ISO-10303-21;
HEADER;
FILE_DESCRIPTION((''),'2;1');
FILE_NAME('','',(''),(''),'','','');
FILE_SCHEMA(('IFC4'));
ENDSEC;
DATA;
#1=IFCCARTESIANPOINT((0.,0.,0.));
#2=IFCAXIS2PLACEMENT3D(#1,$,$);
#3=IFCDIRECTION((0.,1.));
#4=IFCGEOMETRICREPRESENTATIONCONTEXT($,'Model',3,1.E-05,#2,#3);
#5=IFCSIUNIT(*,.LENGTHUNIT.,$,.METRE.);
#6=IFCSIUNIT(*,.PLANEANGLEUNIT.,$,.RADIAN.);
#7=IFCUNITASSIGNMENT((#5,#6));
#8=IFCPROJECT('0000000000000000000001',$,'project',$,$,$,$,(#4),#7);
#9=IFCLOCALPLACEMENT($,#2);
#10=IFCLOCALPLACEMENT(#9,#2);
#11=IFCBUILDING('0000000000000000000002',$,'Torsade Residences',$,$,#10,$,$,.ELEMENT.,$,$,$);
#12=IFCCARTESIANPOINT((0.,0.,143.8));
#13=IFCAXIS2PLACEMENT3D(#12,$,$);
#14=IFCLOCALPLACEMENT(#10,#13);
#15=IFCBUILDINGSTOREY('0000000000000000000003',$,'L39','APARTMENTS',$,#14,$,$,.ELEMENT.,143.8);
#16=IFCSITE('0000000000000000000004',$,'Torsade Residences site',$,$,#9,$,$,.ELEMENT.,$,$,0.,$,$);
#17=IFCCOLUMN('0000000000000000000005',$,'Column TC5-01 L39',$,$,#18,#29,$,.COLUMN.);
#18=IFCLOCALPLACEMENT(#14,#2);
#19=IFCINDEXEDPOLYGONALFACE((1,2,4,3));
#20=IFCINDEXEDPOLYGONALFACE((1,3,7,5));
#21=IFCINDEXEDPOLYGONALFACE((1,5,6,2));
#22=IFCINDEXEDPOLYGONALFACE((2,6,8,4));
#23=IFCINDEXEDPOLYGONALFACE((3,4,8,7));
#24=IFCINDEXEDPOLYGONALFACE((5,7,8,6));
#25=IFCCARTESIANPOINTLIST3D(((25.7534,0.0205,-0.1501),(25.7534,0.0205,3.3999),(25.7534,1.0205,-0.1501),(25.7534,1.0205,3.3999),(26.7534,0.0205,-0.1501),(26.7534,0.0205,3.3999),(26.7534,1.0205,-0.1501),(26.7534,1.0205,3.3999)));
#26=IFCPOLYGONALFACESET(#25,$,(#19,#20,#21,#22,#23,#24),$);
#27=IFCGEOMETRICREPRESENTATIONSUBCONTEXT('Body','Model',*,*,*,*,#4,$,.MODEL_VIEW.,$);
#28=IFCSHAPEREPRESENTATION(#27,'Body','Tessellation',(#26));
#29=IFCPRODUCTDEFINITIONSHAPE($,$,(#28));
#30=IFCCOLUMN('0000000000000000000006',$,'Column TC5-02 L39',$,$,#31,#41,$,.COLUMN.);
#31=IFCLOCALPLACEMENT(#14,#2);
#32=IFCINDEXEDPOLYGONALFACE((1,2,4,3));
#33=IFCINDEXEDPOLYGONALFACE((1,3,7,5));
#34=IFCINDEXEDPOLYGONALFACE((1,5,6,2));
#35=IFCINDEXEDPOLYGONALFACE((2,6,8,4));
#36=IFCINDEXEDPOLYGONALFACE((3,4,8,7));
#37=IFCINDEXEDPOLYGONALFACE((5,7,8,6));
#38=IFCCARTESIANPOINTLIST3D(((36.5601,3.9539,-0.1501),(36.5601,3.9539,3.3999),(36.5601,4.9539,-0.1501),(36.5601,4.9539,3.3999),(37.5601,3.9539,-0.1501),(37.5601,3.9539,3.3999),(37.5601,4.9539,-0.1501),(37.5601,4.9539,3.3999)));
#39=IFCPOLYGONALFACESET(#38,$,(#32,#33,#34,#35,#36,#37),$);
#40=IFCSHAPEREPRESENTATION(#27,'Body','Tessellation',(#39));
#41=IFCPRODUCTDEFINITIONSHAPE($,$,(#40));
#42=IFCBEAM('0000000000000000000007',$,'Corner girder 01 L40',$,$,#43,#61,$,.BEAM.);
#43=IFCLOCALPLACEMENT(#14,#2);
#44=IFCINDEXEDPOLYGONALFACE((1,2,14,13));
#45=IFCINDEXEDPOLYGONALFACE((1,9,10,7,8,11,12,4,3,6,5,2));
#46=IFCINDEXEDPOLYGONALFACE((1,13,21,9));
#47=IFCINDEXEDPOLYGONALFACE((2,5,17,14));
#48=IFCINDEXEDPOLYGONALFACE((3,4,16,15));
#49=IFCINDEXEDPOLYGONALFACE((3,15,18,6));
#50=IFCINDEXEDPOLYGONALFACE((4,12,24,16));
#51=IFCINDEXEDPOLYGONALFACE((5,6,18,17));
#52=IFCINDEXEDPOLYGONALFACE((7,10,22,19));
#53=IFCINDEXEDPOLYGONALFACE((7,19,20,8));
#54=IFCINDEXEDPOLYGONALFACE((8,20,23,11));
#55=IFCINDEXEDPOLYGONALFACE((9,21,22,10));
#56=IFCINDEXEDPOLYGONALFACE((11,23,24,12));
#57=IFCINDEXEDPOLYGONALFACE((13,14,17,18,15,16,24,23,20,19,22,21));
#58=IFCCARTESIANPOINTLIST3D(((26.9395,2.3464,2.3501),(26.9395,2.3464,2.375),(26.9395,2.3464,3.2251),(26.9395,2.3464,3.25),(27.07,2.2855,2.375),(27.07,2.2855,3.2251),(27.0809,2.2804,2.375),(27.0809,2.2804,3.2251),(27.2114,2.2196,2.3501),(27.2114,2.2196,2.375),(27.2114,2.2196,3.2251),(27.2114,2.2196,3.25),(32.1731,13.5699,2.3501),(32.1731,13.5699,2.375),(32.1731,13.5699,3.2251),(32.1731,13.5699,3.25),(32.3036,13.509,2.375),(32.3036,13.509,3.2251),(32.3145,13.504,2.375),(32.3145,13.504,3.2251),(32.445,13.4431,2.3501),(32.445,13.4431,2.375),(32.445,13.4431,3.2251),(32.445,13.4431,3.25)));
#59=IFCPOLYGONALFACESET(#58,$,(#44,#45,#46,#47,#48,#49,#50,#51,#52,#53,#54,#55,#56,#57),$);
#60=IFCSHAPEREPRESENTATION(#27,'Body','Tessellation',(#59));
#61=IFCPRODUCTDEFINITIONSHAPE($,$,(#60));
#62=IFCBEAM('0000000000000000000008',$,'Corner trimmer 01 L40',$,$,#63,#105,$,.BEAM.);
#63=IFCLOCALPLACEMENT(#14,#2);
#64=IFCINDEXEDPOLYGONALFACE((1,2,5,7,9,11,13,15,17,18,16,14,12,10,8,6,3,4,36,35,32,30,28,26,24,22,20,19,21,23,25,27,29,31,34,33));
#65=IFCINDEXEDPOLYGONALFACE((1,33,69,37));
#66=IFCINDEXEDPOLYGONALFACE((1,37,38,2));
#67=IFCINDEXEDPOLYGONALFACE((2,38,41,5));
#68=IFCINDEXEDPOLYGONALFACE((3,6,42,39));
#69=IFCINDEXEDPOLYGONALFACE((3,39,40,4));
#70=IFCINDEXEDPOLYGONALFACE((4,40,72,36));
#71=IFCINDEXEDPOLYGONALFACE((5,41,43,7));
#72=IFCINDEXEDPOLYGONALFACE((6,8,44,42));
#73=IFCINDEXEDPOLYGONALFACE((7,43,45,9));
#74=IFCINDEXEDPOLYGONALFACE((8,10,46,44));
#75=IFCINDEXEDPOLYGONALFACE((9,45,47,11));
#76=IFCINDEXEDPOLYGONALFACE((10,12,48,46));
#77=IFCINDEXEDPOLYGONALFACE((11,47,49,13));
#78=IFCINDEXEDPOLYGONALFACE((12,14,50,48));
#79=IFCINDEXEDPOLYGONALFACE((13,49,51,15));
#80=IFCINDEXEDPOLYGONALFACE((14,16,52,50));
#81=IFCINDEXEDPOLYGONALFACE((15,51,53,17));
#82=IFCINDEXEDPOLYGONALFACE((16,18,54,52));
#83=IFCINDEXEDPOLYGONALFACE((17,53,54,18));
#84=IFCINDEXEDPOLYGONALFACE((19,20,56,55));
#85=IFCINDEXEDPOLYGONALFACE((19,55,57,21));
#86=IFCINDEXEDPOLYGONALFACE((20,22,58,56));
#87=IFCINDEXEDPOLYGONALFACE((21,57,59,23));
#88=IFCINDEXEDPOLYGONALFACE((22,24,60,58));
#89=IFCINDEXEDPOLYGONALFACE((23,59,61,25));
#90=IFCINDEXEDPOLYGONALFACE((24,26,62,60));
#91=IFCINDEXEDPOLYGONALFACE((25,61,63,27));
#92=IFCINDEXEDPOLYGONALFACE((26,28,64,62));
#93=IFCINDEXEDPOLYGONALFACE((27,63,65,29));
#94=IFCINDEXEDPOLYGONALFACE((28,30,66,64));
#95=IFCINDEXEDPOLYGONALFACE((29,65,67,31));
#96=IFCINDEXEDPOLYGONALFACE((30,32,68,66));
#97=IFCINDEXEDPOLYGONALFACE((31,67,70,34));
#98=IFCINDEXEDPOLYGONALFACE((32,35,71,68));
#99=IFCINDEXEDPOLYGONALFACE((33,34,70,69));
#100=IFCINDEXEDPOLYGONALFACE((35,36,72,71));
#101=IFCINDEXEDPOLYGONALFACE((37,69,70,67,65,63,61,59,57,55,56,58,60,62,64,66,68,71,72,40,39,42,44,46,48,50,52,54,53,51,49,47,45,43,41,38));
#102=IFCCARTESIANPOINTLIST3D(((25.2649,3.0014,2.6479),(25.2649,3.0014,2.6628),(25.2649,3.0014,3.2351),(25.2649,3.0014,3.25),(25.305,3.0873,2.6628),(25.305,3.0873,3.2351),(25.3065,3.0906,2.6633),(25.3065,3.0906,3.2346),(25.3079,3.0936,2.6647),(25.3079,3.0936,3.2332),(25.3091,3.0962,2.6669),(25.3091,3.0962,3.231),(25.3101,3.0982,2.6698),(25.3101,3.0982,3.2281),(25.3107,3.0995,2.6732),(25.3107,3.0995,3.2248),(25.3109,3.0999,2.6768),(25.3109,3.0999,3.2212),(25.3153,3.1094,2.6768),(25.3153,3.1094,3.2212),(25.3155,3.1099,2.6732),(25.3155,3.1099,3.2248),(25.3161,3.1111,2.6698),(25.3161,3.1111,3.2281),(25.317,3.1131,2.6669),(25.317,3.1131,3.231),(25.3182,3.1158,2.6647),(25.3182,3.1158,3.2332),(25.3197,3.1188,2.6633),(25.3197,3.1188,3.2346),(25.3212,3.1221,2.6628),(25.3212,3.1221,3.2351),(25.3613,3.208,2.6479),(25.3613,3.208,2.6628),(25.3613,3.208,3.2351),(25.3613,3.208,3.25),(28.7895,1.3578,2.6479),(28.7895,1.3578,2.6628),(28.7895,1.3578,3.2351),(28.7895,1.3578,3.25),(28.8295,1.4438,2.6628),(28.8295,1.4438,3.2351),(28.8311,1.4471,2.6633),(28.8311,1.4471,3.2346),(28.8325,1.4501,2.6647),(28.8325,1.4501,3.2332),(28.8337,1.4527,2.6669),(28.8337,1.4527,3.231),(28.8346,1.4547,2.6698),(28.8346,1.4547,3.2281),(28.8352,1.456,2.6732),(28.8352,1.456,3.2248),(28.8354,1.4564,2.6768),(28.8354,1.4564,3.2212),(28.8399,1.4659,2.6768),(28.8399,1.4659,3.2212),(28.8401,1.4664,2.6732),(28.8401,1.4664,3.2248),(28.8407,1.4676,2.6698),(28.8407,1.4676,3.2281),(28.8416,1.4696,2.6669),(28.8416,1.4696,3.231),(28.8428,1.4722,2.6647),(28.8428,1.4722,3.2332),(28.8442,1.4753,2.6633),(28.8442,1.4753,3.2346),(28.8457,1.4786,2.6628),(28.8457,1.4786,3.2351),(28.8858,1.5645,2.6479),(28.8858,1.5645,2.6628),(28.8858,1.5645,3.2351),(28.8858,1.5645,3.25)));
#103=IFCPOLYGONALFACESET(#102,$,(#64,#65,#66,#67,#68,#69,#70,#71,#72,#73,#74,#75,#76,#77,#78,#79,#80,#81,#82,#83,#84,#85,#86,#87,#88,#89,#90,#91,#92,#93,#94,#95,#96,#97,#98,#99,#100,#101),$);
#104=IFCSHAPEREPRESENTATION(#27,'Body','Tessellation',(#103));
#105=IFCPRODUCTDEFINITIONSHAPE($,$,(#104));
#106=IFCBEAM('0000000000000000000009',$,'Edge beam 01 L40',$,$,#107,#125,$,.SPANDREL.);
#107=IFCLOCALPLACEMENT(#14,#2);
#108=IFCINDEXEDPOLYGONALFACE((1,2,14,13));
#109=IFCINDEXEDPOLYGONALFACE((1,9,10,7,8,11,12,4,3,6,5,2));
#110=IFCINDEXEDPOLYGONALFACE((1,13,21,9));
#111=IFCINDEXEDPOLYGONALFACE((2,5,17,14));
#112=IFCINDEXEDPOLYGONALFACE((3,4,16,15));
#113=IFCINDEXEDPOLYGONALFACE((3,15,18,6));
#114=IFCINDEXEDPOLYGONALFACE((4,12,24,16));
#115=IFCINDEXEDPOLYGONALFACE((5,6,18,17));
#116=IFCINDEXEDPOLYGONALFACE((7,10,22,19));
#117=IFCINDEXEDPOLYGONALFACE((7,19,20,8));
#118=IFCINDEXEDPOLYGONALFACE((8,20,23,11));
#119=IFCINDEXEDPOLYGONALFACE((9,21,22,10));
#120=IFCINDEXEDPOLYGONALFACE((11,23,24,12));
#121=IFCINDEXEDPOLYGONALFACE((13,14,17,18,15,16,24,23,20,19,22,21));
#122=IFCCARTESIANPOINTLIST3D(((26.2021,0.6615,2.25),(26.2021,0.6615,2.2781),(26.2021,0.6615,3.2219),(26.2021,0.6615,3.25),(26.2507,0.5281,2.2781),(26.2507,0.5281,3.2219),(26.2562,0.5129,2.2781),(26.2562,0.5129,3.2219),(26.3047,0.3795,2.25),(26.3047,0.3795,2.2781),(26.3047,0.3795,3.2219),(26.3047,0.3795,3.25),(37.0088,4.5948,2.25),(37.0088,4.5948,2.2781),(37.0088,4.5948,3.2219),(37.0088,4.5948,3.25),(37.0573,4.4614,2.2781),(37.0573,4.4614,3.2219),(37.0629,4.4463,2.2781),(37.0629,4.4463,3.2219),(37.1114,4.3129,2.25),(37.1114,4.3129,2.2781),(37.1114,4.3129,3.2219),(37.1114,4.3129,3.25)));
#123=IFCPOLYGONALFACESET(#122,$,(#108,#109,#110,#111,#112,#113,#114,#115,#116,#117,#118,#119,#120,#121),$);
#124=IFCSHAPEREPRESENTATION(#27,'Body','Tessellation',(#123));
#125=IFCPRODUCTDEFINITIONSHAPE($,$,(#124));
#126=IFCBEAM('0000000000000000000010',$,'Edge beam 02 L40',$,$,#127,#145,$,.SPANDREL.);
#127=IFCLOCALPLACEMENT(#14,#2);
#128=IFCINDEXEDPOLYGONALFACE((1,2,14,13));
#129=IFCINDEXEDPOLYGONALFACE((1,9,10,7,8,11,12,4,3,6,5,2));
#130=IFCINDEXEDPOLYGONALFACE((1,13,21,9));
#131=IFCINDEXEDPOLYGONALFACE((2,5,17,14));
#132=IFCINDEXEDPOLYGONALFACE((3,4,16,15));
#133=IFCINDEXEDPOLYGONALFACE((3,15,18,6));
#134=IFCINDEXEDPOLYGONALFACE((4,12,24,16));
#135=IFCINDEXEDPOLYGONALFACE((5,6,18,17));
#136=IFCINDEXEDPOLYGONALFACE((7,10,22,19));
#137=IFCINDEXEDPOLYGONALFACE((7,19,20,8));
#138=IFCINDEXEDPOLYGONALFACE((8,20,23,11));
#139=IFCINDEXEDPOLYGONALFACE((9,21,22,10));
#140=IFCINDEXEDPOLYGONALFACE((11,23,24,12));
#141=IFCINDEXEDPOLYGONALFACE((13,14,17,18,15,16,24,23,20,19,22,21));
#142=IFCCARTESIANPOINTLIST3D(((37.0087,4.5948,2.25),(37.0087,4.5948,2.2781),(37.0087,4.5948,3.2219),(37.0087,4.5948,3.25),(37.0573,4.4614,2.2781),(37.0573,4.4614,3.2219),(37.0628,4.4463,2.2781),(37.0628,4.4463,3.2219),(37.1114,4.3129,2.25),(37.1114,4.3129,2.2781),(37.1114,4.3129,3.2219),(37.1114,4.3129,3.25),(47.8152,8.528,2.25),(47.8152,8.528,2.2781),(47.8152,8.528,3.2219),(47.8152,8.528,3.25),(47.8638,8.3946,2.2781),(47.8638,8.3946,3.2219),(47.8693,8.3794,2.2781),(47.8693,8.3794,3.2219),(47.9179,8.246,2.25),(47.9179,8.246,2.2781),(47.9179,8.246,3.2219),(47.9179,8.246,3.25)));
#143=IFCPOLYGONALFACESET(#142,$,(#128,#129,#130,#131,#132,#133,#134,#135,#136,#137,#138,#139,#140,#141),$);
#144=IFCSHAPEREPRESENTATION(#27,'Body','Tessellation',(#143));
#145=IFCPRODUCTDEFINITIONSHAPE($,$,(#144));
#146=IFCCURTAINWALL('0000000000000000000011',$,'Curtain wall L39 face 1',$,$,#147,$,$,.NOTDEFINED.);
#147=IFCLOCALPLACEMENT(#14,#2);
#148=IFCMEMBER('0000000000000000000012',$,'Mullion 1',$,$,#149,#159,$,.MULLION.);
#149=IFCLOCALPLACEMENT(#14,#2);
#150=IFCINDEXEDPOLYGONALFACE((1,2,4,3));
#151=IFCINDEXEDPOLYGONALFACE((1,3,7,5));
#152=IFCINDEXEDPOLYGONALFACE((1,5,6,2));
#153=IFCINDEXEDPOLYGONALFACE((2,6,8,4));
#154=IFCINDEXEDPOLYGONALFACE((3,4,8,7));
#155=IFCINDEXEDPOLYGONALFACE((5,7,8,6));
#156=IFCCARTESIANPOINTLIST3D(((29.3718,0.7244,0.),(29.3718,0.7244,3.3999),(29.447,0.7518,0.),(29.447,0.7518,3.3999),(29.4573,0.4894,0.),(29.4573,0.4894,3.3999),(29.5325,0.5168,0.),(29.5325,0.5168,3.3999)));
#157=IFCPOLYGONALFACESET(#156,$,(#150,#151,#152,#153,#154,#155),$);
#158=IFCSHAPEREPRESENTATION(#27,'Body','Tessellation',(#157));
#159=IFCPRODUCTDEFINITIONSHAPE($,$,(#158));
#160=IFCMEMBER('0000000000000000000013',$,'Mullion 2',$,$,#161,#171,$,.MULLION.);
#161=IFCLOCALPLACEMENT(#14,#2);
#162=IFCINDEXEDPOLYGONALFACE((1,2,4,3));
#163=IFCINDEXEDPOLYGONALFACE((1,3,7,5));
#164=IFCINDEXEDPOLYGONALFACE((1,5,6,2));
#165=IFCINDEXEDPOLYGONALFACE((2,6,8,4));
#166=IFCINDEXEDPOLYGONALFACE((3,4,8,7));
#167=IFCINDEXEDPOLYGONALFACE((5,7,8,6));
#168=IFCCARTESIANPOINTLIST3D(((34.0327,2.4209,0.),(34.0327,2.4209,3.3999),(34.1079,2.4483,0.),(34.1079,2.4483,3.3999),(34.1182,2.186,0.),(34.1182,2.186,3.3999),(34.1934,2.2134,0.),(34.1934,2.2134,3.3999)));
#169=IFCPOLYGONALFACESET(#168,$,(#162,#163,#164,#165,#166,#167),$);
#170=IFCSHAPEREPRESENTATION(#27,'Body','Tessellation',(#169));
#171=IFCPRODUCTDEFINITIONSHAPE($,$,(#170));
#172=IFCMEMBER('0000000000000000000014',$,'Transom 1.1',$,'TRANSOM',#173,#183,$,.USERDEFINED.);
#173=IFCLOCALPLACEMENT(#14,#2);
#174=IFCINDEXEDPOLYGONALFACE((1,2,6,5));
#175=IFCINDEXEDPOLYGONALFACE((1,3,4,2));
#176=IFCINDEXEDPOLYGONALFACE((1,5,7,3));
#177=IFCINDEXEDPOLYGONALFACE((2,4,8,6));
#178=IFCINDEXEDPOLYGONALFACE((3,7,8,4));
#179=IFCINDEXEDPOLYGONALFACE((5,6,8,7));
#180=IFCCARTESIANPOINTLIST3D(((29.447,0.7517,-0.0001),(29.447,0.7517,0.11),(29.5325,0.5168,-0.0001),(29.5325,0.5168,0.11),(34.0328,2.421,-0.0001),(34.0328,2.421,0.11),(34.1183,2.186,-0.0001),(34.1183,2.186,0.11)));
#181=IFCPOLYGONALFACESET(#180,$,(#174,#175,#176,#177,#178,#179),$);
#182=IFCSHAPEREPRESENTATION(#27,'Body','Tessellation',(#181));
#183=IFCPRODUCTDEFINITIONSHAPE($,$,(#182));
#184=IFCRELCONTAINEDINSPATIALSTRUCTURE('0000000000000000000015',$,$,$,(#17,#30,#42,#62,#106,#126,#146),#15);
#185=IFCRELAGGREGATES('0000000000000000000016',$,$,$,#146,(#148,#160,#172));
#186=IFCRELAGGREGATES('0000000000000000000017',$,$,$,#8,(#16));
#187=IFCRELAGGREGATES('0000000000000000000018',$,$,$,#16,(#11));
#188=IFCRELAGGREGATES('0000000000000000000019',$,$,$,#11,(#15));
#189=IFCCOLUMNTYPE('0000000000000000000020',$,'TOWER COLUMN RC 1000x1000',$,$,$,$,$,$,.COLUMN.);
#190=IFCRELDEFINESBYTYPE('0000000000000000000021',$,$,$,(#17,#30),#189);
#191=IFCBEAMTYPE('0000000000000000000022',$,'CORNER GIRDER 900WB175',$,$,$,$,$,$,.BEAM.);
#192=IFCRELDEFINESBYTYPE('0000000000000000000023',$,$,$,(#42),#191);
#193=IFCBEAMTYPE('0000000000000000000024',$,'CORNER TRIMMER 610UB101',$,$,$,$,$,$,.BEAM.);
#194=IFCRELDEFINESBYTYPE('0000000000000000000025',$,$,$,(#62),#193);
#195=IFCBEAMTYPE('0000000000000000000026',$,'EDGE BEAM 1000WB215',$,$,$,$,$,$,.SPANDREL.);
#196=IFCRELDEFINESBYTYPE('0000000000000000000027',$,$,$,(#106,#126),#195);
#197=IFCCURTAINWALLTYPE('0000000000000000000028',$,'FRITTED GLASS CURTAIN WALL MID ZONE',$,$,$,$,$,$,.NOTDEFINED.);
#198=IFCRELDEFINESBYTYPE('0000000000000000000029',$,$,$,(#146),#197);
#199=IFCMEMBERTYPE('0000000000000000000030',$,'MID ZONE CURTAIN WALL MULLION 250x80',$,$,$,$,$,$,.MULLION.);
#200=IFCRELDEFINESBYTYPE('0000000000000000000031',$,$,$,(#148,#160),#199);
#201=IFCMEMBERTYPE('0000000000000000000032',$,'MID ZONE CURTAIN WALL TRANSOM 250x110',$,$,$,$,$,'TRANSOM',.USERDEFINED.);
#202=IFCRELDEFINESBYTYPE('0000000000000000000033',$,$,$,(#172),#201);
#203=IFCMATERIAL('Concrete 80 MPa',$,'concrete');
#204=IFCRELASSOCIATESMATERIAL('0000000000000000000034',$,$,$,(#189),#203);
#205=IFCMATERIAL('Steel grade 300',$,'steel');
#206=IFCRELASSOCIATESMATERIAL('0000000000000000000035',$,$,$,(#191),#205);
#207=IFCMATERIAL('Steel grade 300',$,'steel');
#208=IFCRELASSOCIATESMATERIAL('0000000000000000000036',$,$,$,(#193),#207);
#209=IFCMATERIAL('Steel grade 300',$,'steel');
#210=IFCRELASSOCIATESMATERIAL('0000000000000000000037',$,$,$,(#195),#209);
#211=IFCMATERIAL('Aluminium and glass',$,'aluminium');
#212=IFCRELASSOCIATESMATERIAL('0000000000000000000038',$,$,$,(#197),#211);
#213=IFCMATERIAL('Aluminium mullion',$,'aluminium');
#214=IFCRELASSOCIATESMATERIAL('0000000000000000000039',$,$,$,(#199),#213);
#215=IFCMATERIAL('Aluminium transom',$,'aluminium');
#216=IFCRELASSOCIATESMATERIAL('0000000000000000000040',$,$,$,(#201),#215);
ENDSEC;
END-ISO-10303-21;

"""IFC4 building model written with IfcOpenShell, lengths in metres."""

from ifc_helpers import new_model, si_unit, direction, frame, origin, origin_2d, place, context, subcontext, project, spatial, rectangle, i_section, extrude, material, material_profile, profile_set, type_object, element, aggregate, save


model = new_model("IFC4")

# Units and contexts
model_context = context("Model", 3, precision=1e-05, world=origin(), true_north=direction((0.0, 1.0)))
body_context = subcontext(model_context, "Body", "Model", "MODEL_VIEW")
ifc_project = project(units=[si_unit("LENGTHUNIT", "METRE"), si_unit("PLANEANGLEUNIT", "RADIAN")], contexts=[model_context])

# Site, building, storey
site_placement = place(None, origin())
site = spatial("IfcSite", under=ifc_project, at=site_placement, Name="Torsade Residences site", CompositionType="ELEMENT", RefElevation=0.0)
building_placement = place(site_placement, origin())
building = spatial("IfcBuilding", under=site, at=building_placement, Name="Torsade Residences", CompositionType="ELEMENT")
storey_placement = place(building_placement, frame((0.0, 0.0, 143.8)))
storey = spatial("IfcBuildingStorey", under=building, at=storey_placement, Name="L39", Description="APARTMENTS", CompositionType="ELEMENT", Elevation=143.8)

# Columns
ifc_material_1 = material(Name="Concrete 80 MPa", Category="concrete")
ifc_material_profile_1 = material_profile(ifc_material_1, rectangle(XDim=1.0, YDim=1.0, at=origin_2d()), Name="RC 1000x1000")
ifc_profile_set_1 = profile_set([ifc_material_profile_1], Name="Concrete 80 MPa")
column_type = type_object("IfcColumnType", Name="TOWER COLUMN RC 1000x1000", PredefinedType="COLUMN", material=ifc_profile_set_1)
for number, where, z_axis, x_axis, name in (
    (1, (26.2534, 0.5205, -0.1501), (0.0, 0.0, 1.0), (1.0, 0.0, 0.0), "Column TC5-01 L39"),
    (2, (37.0601, 4.4539, -0.1501), (0.0, 0.0, 1.0), (1.0, 0.0, 0.0), "Column TC5-02 L39"),
):
    element("IfcColumn", number, at=place(storey_placement, frame(where, z_axis=z_axis, x_axis=x_axis)), inside=storey, type_object=column_type, Name=name, PredefinedType="COLUMN", context=body_context, shape_type="SweptSolid", body=[
        extrude(rectangle(XDim=1.0, YDim=1.0, at=origin_2d()), origin(), (0.0, 0.0, 1.0), 3.55),
    ])

# Beams
ifc_material_2 = material(Name="Steel grade 300", Category="steel")
ifc_material_profile_2 = material_profile(ifc_material_2, i_section(OverallWidth=0.3, OverallDepth=0.8999, WebThickness=0.012, FlangeThickness=0.0249, at=origin_2d()), Name="900WB175")
ifc_profile_set_2 = profile_set([ifc_material_profile_2], Name="Steel grade 300")
beam_type_1 = type_object("IfcBeamType", Name="CORNER GIRDER 900WB175", PredefinedType="BEAM", material=ifc_profile_set_2)
beam_1_placement = place(storey_placement, frame((27.0754, 2.283, 2.8), z_axis=(0.422617, 0.906309, 0.0), x_axis=(-0.906309, 0.422617, 0.0)))
element("IfcBeam", 3, at=beam_1_placement, inside=storey, type_object=beam_type_1, Name="Corner girder 01 L40", PredefinedType="BEAM", context=body_context, shape_type="SweptSolid", body=[
    extrude(i_section(OverallWidth=0.3, OverallDepth=0.8999, WebThickness=0.012, FlangeThickness=0.0249, at=origin_2d()), origin(), (0.0, 0.0, 1.0), 12.3838),
])
ifc_material_3 = material(Name="Steel grade 300", Category="steel")
ifc_material_profile_3 = material_profile(ifc_material_3, i_section(OverallWidth=0.228, OverallDepth=0.6021, WebThickness=0.0105, FlangeThickness=0.0149, FilletRadius=0.0139, at=origin_2d()), Name="610UB101")
ifc_profile_set_3 = profile_set([ifc_material_profile_3], Name="Steel grade 300")
beam_type_2 = type_object("IfcBeamType", Name="CORNER TRIMMER 610UB101", PredefinedType="BEAM", material=ifc_profile_set_3)
beam_2_placement = place(storey_placement, frame((28.8376, 1.4612, 2.949), z_axis=(-0.90631, 0.422614, 0.0), x_axis=(-0.422614, -0.90631, 0.0)))
element("IfcBeam", 4, at=beam_2_placement, inside=storey, type_object=beam_type_2, Name="Corner trimmer 01 L40", PredefinedType="BEAM", context=body_context, shape_type="SweptSolid", body=[
    extrude(i_section(OverallWidth=0.228, OverallDepth=0.6021, WebThickness=0.0105, FlangeThickness=0.0149, FilletRadius=0.0139, at=origin_2d()), origin(), (0.0, 0.0, 1.0), 3.8889),
])
ifc_material_4 = material(Name="Steel grade 300", Category="steel")
ifc_material_profile_4 = material_profile(ifc_material_4, i_section(OverallWidth=0.3, OverallDepth=1.0, WebThickness=0.0161, FlangeThickness=0.0281, at=origin_2d()), Name="1000WB215")
ifc_profile_set_4 = profile_set([ifc_material_profile_4], Name="Steel grade 300")
beam_type_3 = type_object("IfcBeamType", Name="EDGE BEAM 1000WB215", PredefinedType="SPANDREL", material=ifc_profile_set_4)
beam_3_placement = place(storey_placement, frame((26.2534, 0.5205, 2.75), z_axis=(0.939691, 0.342024, 0.0), x_axis=(-0.342024, 0.939691, 0.0)))
element("IfcBeam", 5, at=beam_3_placement, inside=storey, type_object=beam_type_3, Name="Edge beam 01 L40", PredefinedType="SPANDREL", context=body_context, shape_type="SweptSolid", body=[
    extrude(i_section(OverallWidth=0.3, OverallDepth=1.0, WebThickness=0.0161, FlangeThickness=0.0281, at=origin_2d()), origin(), (0.0, 0.0, 1.0), 11.5002),
])
beam_4_placement = place(storey_placement, frame((37.0601, 4.4539, 2.75), z_axis=(0.939695, 0.342012, 0.0), x_axis=(-0.342012, 0.939695, 0.0)))
element("IfcBeam", 6, at=beam_4_placement, inside=storey, type_object=beam_type_3, Name="Edge beam 02 L40", PredefinedType="SPANDREL", context=body_context, shape_type="SweptSolid", body=[
    extrude(i_section(OverallWidth=0.3, OverallDepth=1.0, WebThickness=0.0161, FlangeThickness=0.0281, at=origin_2d()), origin(), (0.0, 0.0, 1.0), 11.5),
])

# Curtain wall, members
ifc_material_5 = material(Name="Aluminium and glass", Category="aluminium")
curtain_wall_type = type_object("IfcCurtainWallType", Name="FRITTED GLASS CURTAIN WALL MID ZONE", PredefinedType="NOTDEFINED", material=ifc_material_5)
curtain_wall_placement = place(storey_placement, origin())
curtain_wall = element("IfcCurtainWall", 7, at=curtain_wall_placement, inside=storey, type_object=curtain_wall_type, Name="Curtain wall L39 face 1", PredefinedType="NOTDEFINED")
ifc_material_6 = material(Name="Aluminium mullion", Category="aluminium")
ifc_material_profile_5 = material_profile(ifc_material_6, rectangle(XDim=0.25, YDim=0.0801, at=origin_2d()), Name="MID ZONE CURTAIN WALL MULLION 250x80")
ifc_profile_set_5 = profile_set([ifc_material_profile_5], Name="Aluminium mullion")
member_type_1 = type_object("IfcMemberType", Name="MID ZONE CURTAIN WALL MULLION 250x80", PredefinedType="MULLION", material=ifc_profile_set_5)
member_1_placement = place(storey_placement, frame((29.4521, 0.6206, 0.0), z_axis=(0.0, 0.0, 1.0), x_axis=(-0.34202, 0.939693, 0.0)))
member_1 = element("IfcMember", 8, at=member_1_placement, type_object=member_type_1, Name="Mullion 1", PredefinedType="MULLION", context=body_context, shape_type="SweptSolid", body=[
    extrude(rectangle(XDim=0.25, YDim=0.0801, at=origin_2d()), origin(), (0.0, 0.0, 1.0), 3.3999),
])
member_2_placement = place(storey_placement, frame((34.113, 2.3171, 0.0), z_axis=(0.0, 0.0, 1.0), x_axis=(-0.34202, 0.939693, 0.0)))
member_2 = element("IfcMember", 9, at=member_2_placement, type_object=member_type_1, Name="Mullion 2", PredefinedType="MULLION", context=body_context, shape_type="SweptSolid", body=[
    extrude(rectangle(XDim=0.25, YDim=0.0801, at=origin_2d()), origin(), (0.0, 0.0, 1.0), 3.3999),
])
ifc_material_7 = material(Name="Aluminium transom", Category="aluminium")
ifc_material_profile_6 = material_profile(ifc_material_7, rectangle(XDim=0.25, YDim=0.1101, at=origin_2d()), Name="MID ZONE CURTAIN WALL TRANSOM 250x110")
ifc_profile_set_6 = profile_set([ifc_material_profile_6], Name="Aluminium transom")
member_type_2 = type_object("IfcMemberType", Name="MID ZONE CURTAIN WALL TRANSOM 250x110", ElementType="TRANSOM", PredefinedType="USERDEFINED", material=ifc_profile_set_6)
member_3_placement = place(storey_placement, frame((29.4897, 0.6343, 0.0549), z_axis=(0.939684, 0.342044, 0.0), x_axis=(-0.342044, 0.939684, 0.0)))
member_3 = element("IfcMember", 10, at=member_3_placement, type_object=member_type_2, Name="Transom 1.1", ObjectType="TRANSOM", PredefinedType="USERDEFINED", context=body_context, shape_type="SweptSolid", body=[
    extrude(rectangle(XDim=0.25, YDim=0.1101, at=origin_2d()), origin(), (0.0, 0.0, 1.0), 4.8801),
])

aggregate(curtain_wall, [member_1, member_2, member_3])

save(model, "model.ifc")
